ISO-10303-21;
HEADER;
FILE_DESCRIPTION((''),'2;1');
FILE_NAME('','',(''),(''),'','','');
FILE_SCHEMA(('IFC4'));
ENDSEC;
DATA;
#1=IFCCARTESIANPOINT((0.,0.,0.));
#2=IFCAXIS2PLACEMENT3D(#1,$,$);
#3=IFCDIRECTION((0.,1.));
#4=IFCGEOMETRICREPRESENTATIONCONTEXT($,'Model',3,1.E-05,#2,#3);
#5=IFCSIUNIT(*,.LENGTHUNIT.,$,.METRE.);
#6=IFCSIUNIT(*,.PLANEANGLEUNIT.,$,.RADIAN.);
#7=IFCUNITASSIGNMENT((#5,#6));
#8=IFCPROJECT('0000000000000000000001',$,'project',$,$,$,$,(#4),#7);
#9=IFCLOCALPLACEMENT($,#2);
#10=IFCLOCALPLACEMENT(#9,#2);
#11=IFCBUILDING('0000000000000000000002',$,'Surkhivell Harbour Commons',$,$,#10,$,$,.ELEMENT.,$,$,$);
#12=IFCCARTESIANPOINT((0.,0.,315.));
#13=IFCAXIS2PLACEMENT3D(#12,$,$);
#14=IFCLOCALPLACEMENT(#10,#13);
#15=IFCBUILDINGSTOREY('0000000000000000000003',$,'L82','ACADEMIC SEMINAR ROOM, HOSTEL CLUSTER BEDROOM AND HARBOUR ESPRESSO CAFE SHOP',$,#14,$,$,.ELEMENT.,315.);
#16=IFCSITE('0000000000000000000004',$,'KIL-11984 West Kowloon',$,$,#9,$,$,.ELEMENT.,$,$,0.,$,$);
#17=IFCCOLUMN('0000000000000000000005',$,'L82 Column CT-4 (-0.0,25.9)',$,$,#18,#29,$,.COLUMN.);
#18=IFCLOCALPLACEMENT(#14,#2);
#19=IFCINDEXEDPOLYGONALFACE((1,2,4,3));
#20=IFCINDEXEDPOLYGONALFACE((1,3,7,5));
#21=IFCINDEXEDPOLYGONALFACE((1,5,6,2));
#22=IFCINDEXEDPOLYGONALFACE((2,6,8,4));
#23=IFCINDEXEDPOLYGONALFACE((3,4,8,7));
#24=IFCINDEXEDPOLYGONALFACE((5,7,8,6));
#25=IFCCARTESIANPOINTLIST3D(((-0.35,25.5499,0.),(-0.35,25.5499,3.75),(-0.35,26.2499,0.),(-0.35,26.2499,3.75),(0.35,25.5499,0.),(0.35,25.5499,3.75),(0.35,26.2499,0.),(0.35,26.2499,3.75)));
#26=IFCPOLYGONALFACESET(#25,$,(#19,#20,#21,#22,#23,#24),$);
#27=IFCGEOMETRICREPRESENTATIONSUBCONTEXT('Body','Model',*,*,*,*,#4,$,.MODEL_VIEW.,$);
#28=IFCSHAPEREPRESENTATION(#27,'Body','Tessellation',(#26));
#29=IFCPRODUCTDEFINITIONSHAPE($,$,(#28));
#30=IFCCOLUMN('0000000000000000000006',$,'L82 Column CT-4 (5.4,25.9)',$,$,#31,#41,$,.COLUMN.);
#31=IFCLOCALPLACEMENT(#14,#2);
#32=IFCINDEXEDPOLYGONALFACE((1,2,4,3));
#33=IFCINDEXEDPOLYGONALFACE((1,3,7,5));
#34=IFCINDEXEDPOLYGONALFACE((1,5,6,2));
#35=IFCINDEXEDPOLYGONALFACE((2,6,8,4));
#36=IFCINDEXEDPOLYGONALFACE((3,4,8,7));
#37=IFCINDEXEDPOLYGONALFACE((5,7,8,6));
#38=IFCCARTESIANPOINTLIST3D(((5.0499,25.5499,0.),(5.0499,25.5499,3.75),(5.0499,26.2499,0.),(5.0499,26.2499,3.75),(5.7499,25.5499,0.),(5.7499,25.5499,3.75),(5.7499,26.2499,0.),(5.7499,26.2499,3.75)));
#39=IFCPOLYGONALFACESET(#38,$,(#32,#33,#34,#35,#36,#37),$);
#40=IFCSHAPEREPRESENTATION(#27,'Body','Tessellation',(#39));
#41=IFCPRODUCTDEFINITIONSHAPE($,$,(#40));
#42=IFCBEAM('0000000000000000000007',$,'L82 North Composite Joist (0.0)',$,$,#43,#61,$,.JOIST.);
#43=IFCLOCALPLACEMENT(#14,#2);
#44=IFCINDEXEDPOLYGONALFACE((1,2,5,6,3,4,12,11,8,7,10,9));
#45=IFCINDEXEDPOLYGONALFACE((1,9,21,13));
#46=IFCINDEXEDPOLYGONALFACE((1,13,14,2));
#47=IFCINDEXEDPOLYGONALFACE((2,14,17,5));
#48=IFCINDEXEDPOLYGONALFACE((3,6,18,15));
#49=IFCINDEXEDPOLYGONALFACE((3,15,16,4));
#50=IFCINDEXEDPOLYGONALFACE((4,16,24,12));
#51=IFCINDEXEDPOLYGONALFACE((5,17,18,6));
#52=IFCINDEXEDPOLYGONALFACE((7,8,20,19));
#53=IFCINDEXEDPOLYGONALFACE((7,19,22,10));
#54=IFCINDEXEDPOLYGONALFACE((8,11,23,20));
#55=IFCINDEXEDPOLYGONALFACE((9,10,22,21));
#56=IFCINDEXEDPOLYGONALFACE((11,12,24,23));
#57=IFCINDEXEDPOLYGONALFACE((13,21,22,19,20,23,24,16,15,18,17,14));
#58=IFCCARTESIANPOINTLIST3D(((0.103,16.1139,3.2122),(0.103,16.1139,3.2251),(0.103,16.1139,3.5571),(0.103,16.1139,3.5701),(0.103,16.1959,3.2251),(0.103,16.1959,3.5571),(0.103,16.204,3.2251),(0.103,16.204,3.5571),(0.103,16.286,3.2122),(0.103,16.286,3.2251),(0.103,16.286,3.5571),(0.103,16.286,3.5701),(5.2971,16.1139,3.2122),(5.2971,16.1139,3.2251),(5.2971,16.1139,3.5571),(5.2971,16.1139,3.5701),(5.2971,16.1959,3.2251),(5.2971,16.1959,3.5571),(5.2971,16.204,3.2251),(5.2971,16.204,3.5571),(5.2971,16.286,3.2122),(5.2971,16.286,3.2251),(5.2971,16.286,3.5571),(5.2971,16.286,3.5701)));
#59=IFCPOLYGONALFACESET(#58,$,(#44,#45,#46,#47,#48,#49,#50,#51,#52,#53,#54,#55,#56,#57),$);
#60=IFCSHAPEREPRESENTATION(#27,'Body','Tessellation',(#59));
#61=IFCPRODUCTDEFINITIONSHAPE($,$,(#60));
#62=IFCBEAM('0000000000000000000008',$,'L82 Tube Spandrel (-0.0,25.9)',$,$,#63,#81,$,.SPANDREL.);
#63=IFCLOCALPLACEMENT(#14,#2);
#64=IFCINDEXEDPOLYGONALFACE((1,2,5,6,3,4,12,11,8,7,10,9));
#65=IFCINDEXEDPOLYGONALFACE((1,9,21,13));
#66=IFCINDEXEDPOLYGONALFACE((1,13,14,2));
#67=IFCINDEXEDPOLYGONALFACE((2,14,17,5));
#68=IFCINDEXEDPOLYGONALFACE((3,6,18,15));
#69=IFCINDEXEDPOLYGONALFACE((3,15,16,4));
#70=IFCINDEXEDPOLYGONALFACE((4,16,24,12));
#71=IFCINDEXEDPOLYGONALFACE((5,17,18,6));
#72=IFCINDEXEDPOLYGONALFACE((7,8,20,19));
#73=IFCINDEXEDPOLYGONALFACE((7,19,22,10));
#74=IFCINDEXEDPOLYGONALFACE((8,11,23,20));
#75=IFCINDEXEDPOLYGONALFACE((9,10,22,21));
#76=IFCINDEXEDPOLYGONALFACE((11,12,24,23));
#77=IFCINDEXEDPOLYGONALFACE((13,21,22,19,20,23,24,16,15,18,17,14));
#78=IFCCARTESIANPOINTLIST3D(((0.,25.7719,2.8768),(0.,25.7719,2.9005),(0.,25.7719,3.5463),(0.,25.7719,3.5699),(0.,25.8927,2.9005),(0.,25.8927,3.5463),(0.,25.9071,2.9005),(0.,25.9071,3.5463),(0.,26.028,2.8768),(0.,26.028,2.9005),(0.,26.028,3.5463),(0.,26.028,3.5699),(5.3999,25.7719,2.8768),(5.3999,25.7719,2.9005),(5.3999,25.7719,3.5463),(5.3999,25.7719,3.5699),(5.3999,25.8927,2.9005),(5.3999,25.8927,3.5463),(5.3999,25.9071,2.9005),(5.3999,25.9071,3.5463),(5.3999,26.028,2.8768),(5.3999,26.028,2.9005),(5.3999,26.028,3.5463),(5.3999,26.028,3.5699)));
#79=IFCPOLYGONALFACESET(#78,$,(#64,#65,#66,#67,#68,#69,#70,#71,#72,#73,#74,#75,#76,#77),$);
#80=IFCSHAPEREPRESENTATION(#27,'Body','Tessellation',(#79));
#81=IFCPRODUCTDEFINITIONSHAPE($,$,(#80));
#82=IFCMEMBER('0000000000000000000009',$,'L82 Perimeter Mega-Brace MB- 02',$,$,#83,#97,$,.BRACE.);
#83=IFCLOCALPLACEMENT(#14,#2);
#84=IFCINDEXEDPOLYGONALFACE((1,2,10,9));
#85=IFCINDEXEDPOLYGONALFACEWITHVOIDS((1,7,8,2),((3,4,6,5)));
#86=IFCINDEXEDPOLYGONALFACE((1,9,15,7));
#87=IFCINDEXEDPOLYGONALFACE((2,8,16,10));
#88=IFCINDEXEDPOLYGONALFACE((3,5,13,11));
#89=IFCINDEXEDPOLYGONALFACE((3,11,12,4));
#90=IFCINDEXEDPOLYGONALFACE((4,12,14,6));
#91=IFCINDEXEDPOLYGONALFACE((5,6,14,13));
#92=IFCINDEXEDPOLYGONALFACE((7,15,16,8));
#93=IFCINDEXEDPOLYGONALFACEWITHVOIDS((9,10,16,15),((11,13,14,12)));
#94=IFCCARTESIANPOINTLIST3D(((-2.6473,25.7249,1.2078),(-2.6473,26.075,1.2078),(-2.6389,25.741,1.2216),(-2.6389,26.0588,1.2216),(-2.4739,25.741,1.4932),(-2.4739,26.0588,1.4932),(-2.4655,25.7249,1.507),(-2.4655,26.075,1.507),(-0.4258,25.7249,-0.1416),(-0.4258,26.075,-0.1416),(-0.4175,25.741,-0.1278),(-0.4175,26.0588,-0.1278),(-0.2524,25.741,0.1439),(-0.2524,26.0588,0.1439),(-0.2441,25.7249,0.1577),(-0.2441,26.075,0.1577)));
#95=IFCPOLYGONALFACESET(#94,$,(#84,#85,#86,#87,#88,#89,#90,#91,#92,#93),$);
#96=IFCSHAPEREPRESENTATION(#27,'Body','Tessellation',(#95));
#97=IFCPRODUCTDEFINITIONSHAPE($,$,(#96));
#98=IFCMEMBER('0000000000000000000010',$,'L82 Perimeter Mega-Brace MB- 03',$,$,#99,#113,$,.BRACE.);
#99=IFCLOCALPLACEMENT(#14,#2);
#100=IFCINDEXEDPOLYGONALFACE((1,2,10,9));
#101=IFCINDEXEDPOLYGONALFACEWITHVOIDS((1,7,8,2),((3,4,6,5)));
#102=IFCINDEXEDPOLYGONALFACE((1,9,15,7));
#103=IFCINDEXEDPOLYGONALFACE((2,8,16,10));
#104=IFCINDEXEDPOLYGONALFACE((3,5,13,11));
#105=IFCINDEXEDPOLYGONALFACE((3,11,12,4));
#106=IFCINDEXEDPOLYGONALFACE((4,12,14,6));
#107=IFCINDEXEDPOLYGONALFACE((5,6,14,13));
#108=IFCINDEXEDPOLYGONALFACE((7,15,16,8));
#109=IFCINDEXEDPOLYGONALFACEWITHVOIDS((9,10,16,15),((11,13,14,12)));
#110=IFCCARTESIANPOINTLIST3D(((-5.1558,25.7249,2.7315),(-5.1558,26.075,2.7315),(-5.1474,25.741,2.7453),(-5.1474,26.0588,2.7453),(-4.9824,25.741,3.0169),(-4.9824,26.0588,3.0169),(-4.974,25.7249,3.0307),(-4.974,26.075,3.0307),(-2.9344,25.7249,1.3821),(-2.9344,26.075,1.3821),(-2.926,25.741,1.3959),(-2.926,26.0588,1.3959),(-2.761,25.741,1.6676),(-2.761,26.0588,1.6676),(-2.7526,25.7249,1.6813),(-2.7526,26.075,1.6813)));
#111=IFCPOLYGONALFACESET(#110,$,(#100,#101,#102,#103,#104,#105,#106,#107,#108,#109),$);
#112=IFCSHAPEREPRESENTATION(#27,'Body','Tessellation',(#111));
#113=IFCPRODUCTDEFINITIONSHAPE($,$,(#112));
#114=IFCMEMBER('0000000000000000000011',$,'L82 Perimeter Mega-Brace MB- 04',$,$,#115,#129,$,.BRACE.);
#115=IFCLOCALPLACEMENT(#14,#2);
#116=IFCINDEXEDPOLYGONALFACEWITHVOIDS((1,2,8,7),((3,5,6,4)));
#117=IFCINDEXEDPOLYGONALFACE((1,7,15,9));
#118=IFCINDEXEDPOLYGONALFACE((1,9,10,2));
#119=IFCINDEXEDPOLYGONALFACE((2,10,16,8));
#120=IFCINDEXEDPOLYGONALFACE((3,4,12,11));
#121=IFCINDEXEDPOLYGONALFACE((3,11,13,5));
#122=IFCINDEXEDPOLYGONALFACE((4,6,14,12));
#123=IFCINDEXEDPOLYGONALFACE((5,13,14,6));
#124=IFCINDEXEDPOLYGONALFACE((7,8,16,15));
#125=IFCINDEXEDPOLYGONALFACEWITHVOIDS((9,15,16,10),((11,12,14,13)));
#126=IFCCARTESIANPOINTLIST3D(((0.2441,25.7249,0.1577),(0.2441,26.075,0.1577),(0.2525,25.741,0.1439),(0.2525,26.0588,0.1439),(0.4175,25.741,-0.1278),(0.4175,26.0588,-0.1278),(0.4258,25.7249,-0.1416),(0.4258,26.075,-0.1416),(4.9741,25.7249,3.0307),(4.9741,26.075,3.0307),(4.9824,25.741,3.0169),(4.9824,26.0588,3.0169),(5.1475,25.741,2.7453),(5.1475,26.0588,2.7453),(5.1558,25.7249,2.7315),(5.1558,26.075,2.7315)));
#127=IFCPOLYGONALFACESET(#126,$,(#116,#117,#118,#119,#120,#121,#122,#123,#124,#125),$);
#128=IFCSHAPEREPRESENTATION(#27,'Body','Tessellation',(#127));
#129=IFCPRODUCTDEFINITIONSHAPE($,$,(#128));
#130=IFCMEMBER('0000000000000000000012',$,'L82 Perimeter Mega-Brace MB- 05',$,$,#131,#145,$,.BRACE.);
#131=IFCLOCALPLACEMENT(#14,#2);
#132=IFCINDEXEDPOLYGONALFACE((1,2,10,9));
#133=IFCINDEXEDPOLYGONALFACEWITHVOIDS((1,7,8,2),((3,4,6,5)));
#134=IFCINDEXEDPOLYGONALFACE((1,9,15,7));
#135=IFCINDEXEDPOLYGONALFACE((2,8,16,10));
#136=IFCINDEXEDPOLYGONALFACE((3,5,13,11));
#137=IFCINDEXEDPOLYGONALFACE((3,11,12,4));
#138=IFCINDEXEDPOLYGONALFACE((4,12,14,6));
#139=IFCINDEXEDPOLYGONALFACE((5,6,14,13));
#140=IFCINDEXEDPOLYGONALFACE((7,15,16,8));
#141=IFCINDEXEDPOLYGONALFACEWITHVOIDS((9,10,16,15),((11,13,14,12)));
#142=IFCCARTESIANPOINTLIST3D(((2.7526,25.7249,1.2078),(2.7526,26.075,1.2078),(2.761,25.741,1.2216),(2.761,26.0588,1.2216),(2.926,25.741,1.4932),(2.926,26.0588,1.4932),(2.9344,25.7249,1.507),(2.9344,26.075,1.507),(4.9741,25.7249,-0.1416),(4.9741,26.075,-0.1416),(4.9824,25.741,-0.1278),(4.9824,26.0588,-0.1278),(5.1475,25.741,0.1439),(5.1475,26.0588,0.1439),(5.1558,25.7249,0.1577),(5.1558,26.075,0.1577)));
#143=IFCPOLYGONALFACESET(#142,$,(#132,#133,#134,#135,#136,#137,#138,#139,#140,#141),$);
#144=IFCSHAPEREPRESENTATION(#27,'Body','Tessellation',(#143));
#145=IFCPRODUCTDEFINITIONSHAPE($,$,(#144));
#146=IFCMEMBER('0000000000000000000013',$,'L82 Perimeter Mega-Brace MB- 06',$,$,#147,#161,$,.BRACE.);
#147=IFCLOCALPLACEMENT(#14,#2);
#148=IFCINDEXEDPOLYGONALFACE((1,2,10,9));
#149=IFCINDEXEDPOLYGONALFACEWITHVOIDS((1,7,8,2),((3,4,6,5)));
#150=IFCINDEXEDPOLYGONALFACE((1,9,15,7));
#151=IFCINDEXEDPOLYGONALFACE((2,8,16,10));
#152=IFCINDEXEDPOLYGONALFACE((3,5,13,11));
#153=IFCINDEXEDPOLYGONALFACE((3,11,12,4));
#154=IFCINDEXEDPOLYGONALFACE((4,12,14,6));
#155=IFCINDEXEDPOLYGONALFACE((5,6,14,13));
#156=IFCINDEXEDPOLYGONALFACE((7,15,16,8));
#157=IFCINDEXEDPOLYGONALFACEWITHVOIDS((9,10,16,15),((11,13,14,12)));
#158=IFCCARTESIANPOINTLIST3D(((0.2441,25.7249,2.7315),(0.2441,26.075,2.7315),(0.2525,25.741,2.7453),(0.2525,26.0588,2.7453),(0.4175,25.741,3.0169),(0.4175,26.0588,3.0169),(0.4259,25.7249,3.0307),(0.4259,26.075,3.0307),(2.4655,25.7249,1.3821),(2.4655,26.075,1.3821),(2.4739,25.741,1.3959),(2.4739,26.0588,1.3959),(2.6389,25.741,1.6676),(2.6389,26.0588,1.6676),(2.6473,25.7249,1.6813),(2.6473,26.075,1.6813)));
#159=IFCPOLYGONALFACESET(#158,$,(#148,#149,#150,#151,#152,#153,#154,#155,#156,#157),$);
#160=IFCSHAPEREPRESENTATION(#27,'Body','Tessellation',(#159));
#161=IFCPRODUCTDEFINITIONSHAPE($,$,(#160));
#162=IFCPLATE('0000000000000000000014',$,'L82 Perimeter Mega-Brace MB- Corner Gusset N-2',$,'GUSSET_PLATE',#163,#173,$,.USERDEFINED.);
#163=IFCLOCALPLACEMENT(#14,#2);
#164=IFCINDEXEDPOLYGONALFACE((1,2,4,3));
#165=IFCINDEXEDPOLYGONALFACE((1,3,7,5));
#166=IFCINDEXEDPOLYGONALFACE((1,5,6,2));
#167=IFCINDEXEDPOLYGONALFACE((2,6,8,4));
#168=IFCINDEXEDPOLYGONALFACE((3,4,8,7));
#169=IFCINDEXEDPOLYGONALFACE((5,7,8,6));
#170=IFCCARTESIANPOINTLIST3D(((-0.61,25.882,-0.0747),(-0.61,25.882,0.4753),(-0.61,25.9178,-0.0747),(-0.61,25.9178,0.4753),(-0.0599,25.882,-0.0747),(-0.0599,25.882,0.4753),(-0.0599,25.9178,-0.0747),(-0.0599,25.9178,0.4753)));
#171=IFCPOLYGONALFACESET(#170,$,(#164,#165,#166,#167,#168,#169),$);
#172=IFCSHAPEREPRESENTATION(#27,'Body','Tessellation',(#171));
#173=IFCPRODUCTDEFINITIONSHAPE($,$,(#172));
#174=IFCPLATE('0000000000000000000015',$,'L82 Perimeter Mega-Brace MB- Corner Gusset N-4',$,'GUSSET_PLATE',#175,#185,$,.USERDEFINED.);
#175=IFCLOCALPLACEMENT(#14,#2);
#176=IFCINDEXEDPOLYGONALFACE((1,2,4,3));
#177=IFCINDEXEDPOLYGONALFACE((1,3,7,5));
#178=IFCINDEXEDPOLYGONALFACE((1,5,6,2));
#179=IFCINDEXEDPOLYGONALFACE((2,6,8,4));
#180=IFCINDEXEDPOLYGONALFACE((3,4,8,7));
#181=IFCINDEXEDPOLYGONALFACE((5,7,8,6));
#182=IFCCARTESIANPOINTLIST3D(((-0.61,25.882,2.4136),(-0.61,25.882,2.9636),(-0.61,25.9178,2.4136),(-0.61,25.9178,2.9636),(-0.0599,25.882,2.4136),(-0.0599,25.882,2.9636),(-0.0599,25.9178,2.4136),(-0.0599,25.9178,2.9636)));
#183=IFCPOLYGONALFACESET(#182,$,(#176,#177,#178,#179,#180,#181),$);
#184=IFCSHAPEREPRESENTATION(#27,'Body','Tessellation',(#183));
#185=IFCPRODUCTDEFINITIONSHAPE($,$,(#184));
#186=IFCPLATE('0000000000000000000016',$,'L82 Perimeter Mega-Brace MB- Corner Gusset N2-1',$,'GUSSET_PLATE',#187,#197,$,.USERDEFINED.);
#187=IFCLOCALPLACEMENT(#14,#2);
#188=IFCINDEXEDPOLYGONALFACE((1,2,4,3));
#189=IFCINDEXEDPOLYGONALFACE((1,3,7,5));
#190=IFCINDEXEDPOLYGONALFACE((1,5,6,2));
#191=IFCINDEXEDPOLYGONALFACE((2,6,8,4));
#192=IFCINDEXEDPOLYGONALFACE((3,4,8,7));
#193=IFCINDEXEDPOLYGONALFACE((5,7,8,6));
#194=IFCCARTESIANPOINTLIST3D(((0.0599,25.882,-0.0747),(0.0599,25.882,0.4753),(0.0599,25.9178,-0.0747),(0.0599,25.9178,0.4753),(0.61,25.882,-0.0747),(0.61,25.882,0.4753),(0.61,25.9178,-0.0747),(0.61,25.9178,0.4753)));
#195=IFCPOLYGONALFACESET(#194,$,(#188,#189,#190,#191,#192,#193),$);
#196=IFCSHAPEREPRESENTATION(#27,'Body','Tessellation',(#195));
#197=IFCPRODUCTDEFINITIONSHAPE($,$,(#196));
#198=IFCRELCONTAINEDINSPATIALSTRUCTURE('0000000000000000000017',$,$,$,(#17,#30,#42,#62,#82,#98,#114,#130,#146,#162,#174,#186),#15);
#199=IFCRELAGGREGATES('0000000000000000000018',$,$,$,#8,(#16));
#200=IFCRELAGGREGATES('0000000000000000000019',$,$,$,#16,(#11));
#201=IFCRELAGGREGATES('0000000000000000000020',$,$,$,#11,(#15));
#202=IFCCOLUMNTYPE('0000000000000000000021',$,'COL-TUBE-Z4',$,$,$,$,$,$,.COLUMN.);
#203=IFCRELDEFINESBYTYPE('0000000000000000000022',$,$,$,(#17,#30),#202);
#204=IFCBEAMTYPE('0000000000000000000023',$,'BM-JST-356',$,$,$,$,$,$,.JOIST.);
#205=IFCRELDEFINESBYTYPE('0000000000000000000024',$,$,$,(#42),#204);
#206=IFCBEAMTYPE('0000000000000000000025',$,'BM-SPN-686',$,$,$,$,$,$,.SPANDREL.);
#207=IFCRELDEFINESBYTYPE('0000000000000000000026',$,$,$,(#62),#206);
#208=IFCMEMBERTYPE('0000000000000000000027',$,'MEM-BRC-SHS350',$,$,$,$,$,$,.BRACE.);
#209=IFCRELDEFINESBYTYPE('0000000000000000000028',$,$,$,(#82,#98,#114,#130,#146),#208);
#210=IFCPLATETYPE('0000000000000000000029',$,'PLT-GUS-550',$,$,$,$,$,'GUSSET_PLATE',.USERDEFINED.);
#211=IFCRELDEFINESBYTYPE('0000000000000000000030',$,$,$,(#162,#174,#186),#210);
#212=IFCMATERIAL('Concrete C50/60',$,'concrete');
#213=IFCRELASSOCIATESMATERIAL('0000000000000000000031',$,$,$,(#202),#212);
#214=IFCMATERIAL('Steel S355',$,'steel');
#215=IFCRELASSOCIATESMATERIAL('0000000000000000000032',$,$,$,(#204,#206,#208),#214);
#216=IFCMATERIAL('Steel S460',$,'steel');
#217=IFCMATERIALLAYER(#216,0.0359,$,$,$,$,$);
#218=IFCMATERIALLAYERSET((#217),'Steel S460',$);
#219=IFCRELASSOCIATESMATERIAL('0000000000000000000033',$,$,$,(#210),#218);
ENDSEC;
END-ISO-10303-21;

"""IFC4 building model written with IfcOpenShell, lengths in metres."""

from ifc_helpers import new_model, si_unit, direction, frame, origin, origin_2d, place, context, subcontext, project, spatial, rectangle, hollow_rectangle, i_section, extrude, material, layer, layer_set, material_profile, profile_set, type_object, element, save


model = new_model("IFC4")

# Units and contexts
model_context = context("Model", 3, precision=1e-05, world=origin(), true_north=direction((0.0, 1.0)))
body_context = subcontext(model_context, "Body", "Model", "MODEL_VIEW")
ifc_project = project(units=[si_unit("LENGTHUNIT", "METRE"), si_unit("PLANEANGLEUNIT", "RADIAN")], contexts=[model_context])

# Site, building, storey
site_placement = place(None, origin())
site = spatial("IfcSite", under=ifc_project, at=site_placement, Name="KIL-11984 West Kowloon", CompositionType="ELEMENT", RefElevation=0.0)
building_placement = place(site_placement, origin())
building = spatial("IfcBuilding", under=site, at=building_placement, Name="Surkhivell Harbour Commons", CompositionType="ELEMENT")
storey_placement = place(building_placement, frame((0.0, 0.0, 315.0)))
storey = spatial("IfcBuildingStorey", under=building, at=storey_placement, Name="L82", Description="ACADEMIC SEMINAR ROOM, HOSTEL CLUSTER BEDROOM AND HARBOUR ESPRESSO CAFE SHOP", CompositionType="ELEMENT", Elevation=315.0)

# Columns
ifc_material_1 = material(Name="Concrete C50/60", Category="concrete")
ifc_material_profile_1 = material_profile(ifc_material_1, rectangle(XDim=0.7, YDim=0.7, at=origin_2d()), Name="RC-COL-700x700")
ifc_profile_set_1 = profile_set([ifc_material_profile_1], Name="Concrete C50/60")
column_type = type_object("IfcColumnType", Name="COL-TUBE-Z4", PredefinedType="COLUMN", material=ifc_profile_set_1)
for number, where, z_axis, x_axis, name in (
    (1, (0.0, 25.8999, 0.0), (0.0, 0.0, 1.0), (1.0, 0.0, 0.0), "L82 Column CT-4 (-0.0,25.9)"),
    (2, (5.3999, 25.8999, 0.0), (0.0, 0.0, 1.0), (1.0, 0.0, 0.0), "L82 Column CT-4 (5.4,25.9)"),
):
    element("IfcColumn", number, at=place(storey_placement, frame(where, z_axis=z_axis, x_axis=x_axis)), inside=storey, type_object=column_type, Name=name, PredefinedType="COLUMN", context=body_context, shape_type="SweptSolid", body=[
        extrude(rectangle(XDim=0.7, YDim=0.7, at=origin_2d()), origin(), (0.0, 0.0, 1.0), 3.75),
    ])

# Beams
ifc_material_2 = material(Name="Steel S355", Category="steel")
ifc_material_profile_2 = material_profile(ifc_material_2, i_section(OverallWidth=0.1721, OverallDepth=0.3579, WebThickness=0.0081, FlangeThickness=0.0129, at=origin_2d()), Name="UB356x171x57")
ifc_profile_set_2 = profile_set([ifc_material_profile_2], Name="Steel S355")
beam_type_1 = type_object("IfcBeamType", Name="BM-JST-356", PredefinedType="JOIST", material=ifc_profile_set_2)
beam_1_placement = place(storey_placement, frame((0.103, 16.2, 3.3911), z_axis=(1.0, 0.0, 0.0), x_axis=(0.0, 1.0, 0.0)))
element("IfcBeam", 3, at=beam_1_placement, inside=storey, type_object=beam_type_1, Name="L82 North Composite Joist (0.0)", PredefinedType="JOIST", context=body_context, shape_type="SweptSolid", body=[
    extrude(i_section(OverallWidth=0.1721, OverallDepth=0.3579, WebThickness=0.0081, FlangeThickness=0.0129, at=origin_2d()), origin(), (0.0, 0.0, 1.0), 5.1941),
])
ifc_material_profile_3 = material_profile(ifc_material_2, i_section(OverallWidth=0.2561, OverallDepth=0.6931, WebThickness=0.0144, FlangeThickness=0.0237, at=origin_2d()), Name="UB686x254x170")
ifc_profile_set_3 = profile_set([ifc_material_profile_3], Name="Steel S355")
beam_type_2 = type_object("IfcBeamType", Name="BM-SPN-686", PredefinedType="SPANDREL", material=ifc_profile_set_3)
beam_2_placement = place(storey_placement, frame((0.0, 25.8999, 3.2234), z_axis=(1.0, 0.0, 0.0), x_axis=(0.0, 1.0, 0.0)))
element("IfcBeam", 4, at=beam_2_placement, inside=storey, type_object=beam_type_2, Name="L82 Tube Spandrel (-0.0,25.9)", PredefinedType="SPANDREL", context=body_context, shape_type="SweptSolid", body=[
    extrude(i_section(OverallWidth=0.2561, OverallDepth=0.6931, WebThickness=0.0144, FlangeThickness=0.0237, at=origin_2d()), origin(), (0.0, 0.0, 1.0), 5.3999),
])

# Members
ifc_material_profile_4 = material_profile(ifc_material_2, hollow_rectangle(XDim=0.3501, YDim=0.3501, WallThickness=0.0161, at=origin_2d()), Name="SHS350x350x16")
ifc_profile_set_4 = profile_set([ifc_material_profile_4], Name="Steel S355")
member_type = type_object("IfcMemberType", Name="MEM-BRC-SHS350", PredefinedType="BRACE", material=ifc_profile_set_4)
for number, where, z_axis, x_axis, name in (
    (5, (-0.335, 25.8999, 0.0081), (-0.854679, 0.0, 0.519157), (0.0, -1.0, 0.0), "L82 Perimeter Mega-Brace MB- 02"),
    (6, (-2.8435, 25.8999, 1.5317), (-0.854679, 0.0, 0.519157), (0.0, -1.0, 0.0), "L82 Perimeter Mega-Brace MB- 03"),
):
    element("IfcMember", number, at=place(storey_placement, frame(where, z_axis=z_axis, x_axis=x_axis)), inside=storey, type_object=member_type, Name=name, PredefinedType="BRACE", context=body_context, shape_type="SweptSolid", body=[
        extrude(hollow_rectangle(XDim=0.3501, YDim=0.3501, WallThickness=0.0161, at=origin_2d()), origin(), (0.0, 0.0, 1.0), 2.5991),
    ])
member_placement = place(storey_placement, frame((0.335, 25.8999, 0.0081), z_axis=(0.854685, 0.0, 0.519146), x_axis=(0.0, 1.0, 0.0)))
element("IfcMember", 7, at=member_placement, inside=storey, type_object=member_type, Name="L82 Perimeter Mega-Brace MB- 04", PredefinedType="BRACE", context=body_context, shape_type="SweptSolid", body=[
    extrude(hollow_rectangle(XDim=0.3501, YDim=0.3501, WallThickness=0.0161, at=origin_2d()), origin(), (0.0, 0.0, 1.0), 5.5342),
])
for number, where, z_axis, x_axis, name in (
    (8, (5.0649, 25.8999, 0.0081), (-0.854679, 0.0, 0.519157), (0.0, -1.0, 0.0), "L82 Perimeter Mega-Brace MB- 05"),
    (9, (2.5564, 25.8999, 1.5317), (-0.854679, 0.0, 0.519157), (0.0, -1.0, 0.0), "L82 Perimeter Mega-Brace MB- 06"),
):
    element("IfcMember", number, at=place(storey_placement, frame(where, z_axis=z_axis, x_axis=x_axis)), inside=storey, type_object=member_type, Name=name, PredefinedType="BRACE", context=body_context, shape_type="SweptSolid", body=[
        extrude(hollow_rectangle(XDim=0.3501, YDim=0.3501, WallThickness=0.0161, at=origin_2d()), origin(), (0.0, 0.0, 1.0), 2.5991),
    ])

# Plates
ifc_material_3 = material(Name="Steel S460", Category="steel")
ifc_layer_1 = layer(ifc_material_3, 0.0359)
ifc_layer_set_1 = layer_set([ifc_layer_1], Name="Steel S460")
plate_type_1 = type_object("IfcPlateType", Name="PLT-GUS-550", ElementType="GUSSET_PLATE", PredefinedType="USERDEFINED", material=ifc_layer_set_1)
for number, where, z_axis, x_axis, name in (
    (10, (-0.335, 25.8999, -0.0747), (0.0, 0.0, 1.0), (1.0, 0.0, 0.0), "L82 Perimeter Mega-Brace MB- Corner Gusset N-2"),
    (11, (-0.335, 25.8999, 2.4136), (0.0, 0.0, 1.0), (1.0, 0.0, 0.0), "L82 Perimeter Mega-Brace MB- Corner Gusset N-4"),
    (12, (0.335, 25.8999, -0.0747), (0.0, 0.0, 1.0), (1.0, 0.0, 0.0), "L82 Perimeter Mega-Brace MB- Corner Gusset N2-1"),
):
    element("IfcPlate", number, at=place(storey_placement, frame(where, z_axis=z_axis, x_axis=x_axis)), inside=storey, type_object=plate_type_1, Name=name, ObjectType="GUSSET_PLATE", PredefinedType="USERDEFINED", context=body_context, shape_type="SweptSolid", body=[
        extrude(rectangle(XDim=0.55, YDim=0.0359, at=origin_2d()), origin(), (0.0, 0.0, 1.0), 0.55),
    ])

save(model, "model.ifc")
